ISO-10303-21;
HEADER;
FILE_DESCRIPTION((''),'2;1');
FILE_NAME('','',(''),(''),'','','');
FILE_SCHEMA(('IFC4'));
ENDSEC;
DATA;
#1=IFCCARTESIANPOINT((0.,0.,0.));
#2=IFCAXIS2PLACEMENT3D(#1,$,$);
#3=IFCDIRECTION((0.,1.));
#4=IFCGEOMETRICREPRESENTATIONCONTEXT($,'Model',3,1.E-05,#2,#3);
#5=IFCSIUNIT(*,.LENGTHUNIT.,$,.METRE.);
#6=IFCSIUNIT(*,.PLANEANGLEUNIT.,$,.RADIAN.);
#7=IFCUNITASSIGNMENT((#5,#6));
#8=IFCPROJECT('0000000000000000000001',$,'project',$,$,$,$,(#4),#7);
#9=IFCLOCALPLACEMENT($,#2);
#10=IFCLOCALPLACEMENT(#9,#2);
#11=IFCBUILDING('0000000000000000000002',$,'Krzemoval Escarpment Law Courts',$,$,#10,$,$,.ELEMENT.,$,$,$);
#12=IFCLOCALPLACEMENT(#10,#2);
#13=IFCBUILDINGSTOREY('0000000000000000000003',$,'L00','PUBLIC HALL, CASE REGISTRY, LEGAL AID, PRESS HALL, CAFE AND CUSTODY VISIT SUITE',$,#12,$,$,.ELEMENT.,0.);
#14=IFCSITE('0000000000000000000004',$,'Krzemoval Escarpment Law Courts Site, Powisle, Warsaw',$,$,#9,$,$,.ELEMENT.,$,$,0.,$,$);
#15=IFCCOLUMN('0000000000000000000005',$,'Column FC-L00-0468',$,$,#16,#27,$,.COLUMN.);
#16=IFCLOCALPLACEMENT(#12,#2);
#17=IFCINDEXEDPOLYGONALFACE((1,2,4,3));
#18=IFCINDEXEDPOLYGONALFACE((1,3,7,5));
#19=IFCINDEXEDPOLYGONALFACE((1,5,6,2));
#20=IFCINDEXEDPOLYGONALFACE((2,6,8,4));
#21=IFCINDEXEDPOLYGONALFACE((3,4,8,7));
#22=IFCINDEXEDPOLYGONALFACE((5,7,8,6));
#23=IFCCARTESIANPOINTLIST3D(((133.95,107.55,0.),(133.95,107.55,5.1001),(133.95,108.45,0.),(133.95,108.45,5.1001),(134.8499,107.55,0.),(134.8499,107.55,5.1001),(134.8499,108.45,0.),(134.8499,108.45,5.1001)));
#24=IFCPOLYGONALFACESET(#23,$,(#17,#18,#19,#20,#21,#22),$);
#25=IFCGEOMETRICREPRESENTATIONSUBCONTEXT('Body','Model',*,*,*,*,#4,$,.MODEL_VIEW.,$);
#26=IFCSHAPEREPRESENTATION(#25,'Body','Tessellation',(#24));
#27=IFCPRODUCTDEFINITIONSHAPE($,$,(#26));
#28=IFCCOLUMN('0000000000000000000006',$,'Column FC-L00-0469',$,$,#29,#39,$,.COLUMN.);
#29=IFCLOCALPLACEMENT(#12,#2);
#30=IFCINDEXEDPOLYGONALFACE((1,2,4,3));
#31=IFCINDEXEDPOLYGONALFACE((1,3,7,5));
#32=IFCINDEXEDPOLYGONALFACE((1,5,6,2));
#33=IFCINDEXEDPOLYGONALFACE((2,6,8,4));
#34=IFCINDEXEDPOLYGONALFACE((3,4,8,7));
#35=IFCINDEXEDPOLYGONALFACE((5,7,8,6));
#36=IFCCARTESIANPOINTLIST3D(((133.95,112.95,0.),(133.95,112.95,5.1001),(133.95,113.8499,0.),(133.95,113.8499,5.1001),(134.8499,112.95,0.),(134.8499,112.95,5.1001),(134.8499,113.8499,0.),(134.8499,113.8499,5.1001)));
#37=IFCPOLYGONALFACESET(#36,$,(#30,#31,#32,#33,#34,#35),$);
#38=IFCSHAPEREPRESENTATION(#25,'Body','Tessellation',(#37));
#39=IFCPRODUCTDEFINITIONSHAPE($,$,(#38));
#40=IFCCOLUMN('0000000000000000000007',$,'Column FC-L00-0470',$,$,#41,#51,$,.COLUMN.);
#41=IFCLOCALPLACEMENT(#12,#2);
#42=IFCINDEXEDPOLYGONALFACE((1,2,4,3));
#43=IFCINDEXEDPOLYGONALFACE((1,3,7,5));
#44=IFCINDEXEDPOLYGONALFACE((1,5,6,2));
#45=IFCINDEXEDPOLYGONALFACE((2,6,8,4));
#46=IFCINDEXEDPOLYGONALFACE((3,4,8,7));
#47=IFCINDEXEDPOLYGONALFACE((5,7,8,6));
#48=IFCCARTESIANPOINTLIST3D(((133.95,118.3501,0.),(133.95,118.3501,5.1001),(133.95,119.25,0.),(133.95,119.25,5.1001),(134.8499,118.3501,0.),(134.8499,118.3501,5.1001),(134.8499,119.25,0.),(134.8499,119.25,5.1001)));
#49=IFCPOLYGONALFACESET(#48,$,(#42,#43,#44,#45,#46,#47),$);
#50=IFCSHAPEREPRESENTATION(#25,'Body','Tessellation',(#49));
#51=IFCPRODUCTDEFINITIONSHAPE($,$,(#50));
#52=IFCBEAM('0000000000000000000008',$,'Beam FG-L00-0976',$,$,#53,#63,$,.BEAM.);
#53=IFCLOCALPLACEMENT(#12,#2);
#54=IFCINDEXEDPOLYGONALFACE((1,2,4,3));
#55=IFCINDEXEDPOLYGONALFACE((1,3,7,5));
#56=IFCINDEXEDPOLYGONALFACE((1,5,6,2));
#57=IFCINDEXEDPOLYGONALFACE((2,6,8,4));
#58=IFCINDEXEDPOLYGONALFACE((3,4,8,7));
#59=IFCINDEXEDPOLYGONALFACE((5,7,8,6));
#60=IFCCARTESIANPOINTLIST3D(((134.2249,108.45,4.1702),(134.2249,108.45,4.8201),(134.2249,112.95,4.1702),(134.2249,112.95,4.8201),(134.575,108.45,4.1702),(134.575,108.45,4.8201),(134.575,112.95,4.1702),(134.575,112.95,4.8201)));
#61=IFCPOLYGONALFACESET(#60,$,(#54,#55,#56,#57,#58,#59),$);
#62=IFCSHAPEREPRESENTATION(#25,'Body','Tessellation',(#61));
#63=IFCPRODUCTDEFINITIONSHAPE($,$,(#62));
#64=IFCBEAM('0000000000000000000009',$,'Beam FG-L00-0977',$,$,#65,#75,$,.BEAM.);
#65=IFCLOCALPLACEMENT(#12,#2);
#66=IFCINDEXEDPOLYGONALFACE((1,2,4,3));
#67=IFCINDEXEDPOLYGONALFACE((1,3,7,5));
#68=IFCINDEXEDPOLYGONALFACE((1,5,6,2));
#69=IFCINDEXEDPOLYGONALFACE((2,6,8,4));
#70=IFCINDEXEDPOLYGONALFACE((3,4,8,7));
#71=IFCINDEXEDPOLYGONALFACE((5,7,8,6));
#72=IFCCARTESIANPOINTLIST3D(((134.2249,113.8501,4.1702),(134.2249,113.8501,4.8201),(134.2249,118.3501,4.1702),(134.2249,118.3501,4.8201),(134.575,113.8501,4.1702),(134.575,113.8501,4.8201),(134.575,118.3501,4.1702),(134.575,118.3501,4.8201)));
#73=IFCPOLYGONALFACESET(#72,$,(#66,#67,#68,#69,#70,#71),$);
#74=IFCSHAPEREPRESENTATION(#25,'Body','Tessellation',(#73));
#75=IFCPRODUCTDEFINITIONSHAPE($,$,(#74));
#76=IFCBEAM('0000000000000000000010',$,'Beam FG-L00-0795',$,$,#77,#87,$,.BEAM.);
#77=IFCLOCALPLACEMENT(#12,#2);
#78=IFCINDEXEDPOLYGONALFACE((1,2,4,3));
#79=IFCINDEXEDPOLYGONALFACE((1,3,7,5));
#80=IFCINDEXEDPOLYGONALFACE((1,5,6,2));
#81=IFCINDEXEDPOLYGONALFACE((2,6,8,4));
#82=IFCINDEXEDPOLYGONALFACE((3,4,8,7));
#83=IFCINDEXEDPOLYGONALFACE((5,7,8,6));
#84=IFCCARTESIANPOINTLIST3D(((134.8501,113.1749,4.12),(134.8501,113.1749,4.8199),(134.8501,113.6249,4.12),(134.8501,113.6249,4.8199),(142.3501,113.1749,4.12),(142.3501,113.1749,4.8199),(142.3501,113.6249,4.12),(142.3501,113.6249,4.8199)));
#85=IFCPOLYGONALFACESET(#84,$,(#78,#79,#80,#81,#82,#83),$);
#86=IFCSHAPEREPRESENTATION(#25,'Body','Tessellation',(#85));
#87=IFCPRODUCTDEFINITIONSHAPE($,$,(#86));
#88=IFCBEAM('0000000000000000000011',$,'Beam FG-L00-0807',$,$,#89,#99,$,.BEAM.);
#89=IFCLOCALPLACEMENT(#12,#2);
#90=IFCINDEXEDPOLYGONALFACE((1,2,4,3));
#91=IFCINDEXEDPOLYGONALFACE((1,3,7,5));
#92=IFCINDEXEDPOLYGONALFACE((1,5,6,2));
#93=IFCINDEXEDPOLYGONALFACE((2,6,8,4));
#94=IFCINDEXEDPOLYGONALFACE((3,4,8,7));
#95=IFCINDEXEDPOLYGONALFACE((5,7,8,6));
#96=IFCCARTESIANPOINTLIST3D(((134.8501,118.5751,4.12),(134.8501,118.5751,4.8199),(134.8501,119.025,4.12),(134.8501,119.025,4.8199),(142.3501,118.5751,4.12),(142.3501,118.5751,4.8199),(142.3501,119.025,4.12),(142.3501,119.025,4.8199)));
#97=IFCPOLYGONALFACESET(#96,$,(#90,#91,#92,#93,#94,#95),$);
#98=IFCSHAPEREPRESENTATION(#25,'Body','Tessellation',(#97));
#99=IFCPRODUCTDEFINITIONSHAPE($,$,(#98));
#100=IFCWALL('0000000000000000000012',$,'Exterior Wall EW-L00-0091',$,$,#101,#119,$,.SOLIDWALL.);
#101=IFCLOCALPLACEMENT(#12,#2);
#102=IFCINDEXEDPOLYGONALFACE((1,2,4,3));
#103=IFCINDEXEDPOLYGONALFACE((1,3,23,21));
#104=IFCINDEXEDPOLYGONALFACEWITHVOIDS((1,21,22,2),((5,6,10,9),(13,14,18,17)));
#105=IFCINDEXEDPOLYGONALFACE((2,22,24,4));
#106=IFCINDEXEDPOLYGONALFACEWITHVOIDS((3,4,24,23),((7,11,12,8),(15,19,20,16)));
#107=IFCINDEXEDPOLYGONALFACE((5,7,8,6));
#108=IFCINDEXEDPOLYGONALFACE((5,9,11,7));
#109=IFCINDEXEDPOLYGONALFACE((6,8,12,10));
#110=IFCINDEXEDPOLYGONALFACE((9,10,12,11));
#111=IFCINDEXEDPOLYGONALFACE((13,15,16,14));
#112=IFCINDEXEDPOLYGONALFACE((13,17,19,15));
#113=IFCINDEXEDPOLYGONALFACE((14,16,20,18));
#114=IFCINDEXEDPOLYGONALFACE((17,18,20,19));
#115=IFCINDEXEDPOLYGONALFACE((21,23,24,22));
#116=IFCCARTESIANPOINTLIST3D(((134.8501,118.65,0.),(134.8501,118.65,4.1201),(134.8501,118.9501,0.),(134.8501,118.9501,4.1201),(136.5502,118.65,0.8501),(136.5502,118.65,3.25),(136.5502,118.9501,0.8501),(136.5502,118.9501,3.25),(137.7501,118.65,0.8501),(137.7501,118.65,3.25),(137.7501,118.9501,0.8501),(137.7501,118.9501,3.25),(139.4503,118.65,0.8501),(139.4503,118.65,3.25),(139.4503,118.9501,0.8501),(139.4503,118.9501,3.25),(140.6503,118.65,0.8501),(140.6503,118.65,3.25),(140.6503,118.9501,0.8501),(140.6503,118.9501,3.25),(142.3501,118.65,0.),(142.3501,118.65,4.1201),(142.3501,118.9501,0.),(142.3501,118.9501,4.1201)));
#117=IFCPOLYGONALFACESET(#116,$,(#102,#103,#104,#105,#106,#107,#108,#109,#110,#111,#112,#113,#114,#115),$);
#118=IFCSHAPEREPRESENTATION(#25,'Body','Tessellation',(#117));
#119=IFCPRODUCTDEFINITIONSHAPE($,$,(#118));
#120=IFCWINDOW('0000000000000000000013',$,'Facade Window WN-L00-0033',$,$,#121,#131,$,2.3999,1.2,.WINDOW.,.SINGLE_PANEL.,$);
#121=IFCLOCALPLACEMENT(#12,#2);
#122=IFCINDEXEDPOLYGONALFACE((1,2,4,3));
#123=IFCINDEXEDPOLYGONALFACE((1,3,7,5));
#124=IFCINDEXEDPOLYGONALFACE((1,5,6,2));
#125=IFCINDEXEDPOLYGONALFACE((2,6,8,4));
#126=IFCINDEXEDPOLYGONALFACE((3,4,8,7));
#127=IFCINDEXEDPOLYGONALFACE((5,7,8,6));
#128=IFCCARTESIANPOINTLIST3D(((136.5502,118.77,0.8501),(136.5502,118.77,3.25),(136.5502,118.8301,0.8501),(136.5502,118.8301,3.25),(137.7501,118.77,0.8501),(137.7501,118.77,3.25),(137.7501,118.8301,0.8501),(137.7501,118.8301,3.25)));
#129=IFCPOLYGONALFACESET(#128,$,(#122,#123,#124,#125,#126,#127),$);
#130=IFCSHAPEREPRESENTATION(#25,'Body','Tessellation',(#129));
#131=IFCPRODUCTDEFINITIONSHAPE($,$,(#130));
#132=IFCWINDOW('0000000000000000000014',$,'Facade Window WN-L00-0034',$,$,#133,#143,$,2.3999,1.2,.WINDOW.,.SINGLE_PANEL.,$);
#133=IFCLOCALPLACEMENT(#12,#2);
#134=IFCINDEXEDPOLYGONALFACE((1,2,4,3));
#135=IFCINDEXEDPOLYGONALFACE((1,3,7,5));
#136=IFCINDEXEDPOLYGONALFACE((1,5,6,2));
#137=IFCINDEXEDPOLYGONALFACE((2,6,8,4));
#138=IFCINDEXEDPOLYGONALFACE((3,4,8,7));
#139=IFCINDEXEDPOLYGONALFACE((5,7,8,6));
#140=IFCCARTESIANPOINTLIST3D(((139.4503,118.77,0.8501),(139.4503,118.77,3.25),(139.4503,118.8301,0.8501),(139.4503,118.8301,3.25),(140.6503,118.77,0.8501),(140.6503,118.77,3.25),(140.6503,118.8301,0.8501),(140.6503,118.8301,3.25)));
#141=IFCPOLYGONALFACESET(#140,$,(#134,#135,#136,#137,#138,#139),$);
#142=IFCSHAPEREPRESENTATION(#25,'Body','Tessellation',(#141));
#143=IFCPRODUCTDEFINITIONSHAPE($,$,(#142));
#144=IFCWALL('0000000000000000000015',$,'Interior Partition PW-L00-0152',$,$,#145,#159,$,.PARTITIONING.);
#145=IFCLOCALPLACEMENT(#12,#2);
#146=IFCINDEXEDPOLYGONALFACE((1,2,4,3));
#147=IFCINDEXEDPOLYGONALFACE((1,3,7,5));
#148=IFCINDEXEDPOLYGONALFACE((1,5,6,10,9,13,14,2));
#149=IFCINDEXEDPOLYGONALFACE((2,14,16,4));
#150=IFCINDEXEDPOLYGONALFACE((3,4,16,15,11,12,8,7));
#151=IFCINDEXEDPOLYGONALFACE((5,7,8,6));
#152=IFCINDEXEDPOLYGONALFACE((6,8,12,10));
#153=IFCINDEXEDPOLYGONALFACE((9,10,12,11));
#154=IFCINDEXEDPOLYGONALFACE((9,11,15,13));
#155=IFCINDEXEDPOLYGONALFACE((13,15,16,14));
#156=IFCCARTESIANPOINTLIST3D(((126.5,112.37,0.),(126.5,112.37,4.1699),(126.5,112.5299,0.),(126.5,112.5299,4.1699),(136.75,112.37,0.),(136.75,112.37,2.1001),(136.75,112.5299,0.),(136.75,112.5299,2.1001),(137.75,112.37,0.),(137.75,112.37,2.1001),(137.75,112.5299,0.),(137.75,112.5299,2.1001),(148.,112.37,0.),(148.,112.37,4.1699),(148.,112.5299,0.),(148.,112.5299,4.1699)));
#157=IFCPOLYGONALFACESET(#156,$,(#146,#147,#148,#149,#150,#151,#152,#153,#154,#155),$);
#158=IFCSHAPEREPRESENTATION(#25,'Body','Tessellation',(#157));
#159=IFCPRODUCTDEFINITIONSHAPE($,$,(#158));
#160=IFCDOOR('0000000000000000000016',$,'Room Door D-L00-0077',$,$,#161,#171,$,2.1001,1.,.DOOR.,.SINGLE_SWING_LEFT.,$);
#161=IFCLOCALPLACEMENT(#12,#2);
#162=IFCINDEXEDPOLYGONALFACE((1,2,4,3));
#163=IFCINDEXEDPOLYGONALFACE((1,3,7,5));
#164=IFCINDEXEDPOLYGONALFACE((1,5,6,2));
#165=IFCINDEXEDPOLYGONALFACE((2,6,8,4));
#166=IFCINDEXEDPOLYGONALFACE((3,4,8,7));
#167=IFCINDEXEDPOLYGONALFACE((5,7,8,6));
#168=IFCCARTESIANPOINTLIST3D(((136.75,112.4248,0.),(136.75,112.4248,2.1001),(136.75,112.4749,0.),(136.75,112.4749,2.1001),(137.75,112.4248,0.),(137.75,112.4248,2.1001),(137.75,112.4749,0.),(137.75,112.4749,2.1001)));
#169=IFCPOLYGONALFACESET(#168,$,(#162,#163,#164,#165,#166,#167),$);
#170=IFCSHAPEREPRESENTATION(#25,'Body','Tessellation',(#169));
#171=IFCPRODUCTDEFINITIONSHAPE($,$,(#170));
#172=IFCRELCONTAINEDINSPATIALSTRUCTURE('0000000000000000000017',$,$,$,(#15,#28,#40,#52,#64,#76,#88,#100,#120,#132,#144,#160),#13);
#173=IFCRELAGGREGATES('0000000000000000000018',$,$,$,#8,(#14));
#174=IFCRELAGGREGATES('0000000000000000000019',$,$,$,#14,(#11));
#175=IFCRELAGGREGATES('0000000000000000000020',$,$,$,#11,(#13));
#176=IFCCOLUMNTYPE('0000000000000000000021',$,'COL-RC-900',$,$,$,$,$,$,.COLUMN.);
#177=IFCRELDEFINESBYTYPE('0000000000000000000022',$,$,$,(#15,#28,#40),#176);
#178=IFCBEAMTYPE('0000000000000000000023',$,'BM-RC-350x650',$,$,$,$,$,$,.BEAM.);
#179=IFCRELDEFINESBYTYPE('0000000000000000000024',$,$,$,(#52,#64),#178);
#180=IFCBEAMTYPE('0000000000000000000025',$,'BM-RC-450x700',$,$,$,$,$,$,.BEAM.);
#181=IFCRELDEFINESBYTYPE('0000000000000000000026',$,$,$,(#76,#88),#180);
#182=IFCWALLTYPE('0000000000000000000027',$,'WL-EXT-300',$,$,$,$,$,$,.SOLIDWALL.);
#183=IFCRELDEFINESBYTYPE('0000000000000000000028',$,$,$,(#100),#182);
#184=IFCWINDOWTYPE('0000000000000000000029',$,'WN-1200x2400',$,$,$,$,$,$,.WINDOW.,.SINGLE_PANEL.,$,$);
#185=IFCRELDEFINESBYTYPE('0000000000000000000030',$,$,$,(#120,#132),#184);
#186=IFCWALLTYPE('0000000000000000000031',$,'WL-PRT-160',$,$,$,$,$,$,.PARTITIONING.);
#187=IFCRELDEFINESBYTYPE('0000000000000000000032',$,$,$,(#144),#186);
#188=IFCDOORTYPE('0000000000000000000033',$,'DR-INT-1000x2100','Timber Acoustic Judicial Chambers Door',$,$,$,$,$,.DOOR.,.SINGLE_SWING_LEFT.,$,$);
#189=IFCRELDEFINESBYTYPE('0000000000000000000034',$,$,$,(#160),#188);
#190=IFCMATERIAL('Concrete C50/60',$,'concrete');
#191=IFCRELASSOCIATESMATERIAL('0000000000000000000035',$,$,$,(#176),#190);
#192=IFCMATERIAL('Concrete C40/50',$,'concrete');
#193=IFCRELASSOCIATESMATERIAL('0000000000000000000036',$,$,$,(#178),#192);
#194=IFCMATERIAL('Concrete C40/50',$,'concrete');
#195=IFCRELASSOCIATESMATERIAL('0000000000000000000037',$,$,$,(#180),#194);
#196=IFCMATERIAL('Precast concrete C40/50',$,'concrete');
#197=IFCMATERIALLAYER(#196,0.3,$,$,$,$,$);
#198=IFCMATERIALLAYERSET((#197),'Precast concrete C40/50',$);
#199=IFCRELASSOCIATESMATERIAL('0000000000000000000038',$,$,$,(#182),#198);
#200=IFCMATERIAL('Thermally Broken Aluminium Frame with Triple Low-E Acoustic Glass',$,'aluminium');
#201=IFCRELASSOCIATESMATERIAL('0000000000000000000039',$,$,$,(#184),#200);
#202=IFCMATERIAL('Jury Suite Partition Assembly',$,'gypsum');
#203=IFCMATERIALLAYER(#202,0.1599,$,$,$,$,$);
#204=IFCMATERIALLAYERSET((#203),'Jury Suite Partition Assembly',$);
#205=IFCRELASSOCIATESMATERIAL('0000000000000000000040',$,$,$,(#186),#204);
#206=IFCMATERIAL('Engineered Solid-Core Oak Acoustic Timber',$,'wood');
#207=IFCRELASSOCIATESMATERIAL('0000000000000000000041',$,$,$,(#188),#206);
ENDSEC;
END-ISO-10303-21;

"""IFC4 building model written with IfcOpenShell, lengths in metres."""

from ifc_helpers import new_model, si_unit, direction, frame, frame_2d, origin, origin_2d, place, context, subcontext, project, spatial, rectangle, extrude, material, layer, layer_set, material_profile, profile_set, type_object, element, fill, save


model = new_model("IFC4")

# Units and contexts
model_context = context("Model", 3, precision=1e-05, world=origin(), true_north=direction((0.0, 1.0)))
body_context = subcontext(model_context, "Body", "Model", "MODEL_VIEW")
ifc_project = project(units=[si_unit("LENGTHUNIT", "METRE"), si_unit("PLANEANGLEUNIT", "RADIAN")], contexts=[model_context])

# Site, building, storey
site_placement = place(None, origin())
site = spatial("IfcSite", under=ifc_project, at=site_placement, Name="Krzemoval Escarpment Law Courts Site, Powisle, Warsaw", CompositionType="ELEMENT", RefElevation=0.0)
building_placement = place(site_placement, origin())
building = spatial("IfcBuilding", under=site, at=building_placement, Name="Krzemoval Escarpment Law Courts", CompositionType="ELEMENT")
storey_placement = place(building_placement, origin())
storey = spatial("IfcBuildingStorey", under=building, at=storey_placement, Name="L00", Description="PUBLIC HALL, CASE REGISTRY, LEGAL AID, PRESS HALL, CAFE AND CUSTODY VISIT SUITE", CompositionType="ELEMENT", Elevation=0.0)

# Columns
ifc_material_1 = material(Name="Concrete C50/60", Category="concrete")
ifc_material_profile_1 = material_profile(ifc_material_1, rectangle(XDim=0.8999, YDim=0.8999, at=origin_2d()), Name="RC 900x900")
ifc_profile_set_1 = profile_set([ifc_material_profile_1], Name="Concrete C50/60")
column_type = type_object("IfcColumnType", Name="COL-RC-900", PredefinedType="COLUMN", material=ifc_profile_set_1)
for number, where, z_axis, x_axis, name in (
    (1, (134.3999, 108.0, 0.0), (0.0, 0.0, 1.0), (1.0, 0.0, 0.0), "Column FC-L00-0468"),
    (2, (134.3999, 113.3999, 0.0), (0.0, 0.0, 1.0), (1.0, 0.0, 0.0), "Column FC-L00-0469"),
    (3, (134.3999, 118.8, 0.0), (0.0, 0.0, 1.0), (1.0, 0.0, 0.0), "Column FC-L00-0470"),
):
    element("IfcColumn", number, at=place(storey_placement, frame(where, z_axis=z_axis, x_axis=x_axis)), inside=storey, type_object=column_type, Name=name, PredefinedType="COLUMN", context=body_context, shape_type="SweptSolid", body=[
        extrude(rectangle(XDim=0.8999, YDim=0.8999, at=origin_2d()), origin(), (0.0, 0.0, 1.0), 5.1001),
    ])

# Beams
ifc_material_2 = material(Name="Concrete C40/50", Category="concrete")
ifc_material_profile_2 = material_profile(ifc_material_2, rectangle(XDim=0.3501, YDim=0.6499, at=origin_2d()), Name="RCB 350x650")
ifc_profile_set_2 = profile_set([ifc_material_profile_2], Name="Concrete C40/50")
beam_type_1 = type_object("IfcBeamType", Name="BM-RC-350x650", PredefinedType="BEAM", material=ifc_profile_set_2)
for number, where, z_axis, x_axis, name in (
    (4, (134.3999, 108.45, 4.4951), (0.0, 1.0, 0.0), (-1.0, 0.0, 0.0), "Beam FG-L00-0976"),
    (5, (134.3999, 113.8501, 4.4951), (0.0, 1.0, 0.0), (-1.0, 0.0, 0.0), "Beam FG-L00-0977"),
):
    element("IfcBeam", number, at=place(storey_placement, frame(where, z_axis=z_axis, x_axis=x_axis)), inside=storey, type_object=beam_type_1, Name=name, PredefinedType="BEAM", context=body_context, shape_type="SweptSolid", body=[
        extrude(rectangle(XDim=0.3501, YDim=0.6499, at=origin_2d()), origin(), (0.0, 0.0, 1.0), 4.5),
    ])
ifc_material_3 = material(Name="Concrete C40/50", Category="concrete")
ifc_material_profile_3 = material_profile(ifc_material_3, rectangle(XDim=0.45, YDim=0.7, at=origin_2d()), Name="RCB 450x700")
ifc_profile_set_3 = profile_set([ifc_material_profile_3], Name="Concrete C40/50")
beam_type_2 = type_object("IfcBeamType", Name="BM-RC-450x700", PredefinedType="BEAM", material=ifc_profile_set_3)
for number, where, z_axis, x_axis, name in (
    (6, (134.8501, 113.3999, 4.47), (1.0, 0.0, 0.0), (0.0, 1.0, 0.0), "Beam FG-L00-0795"),
    (7, (134.8501, 118.8, 4.47), (1.0, 0.0, 0.0), (0.0, 1.0, 0.0), "Beam FG-L00-0807"),
):
    element("IfcBeam", number, at=place(storey_placement, frame(where, z_axis=z_axis, x_axis=x_axis)), inside=storey, type_object=beam_type_2, Name=name, PredefinedType="BEAM", context=body_context, shape_type="SweptSolid", body=[
        extrude(rectangle(XDim=0.45, YDim=0.7, at=origin_2d()), origin(), (0.0, 0.0, 1.0), 7.5),
    ])

# Wall, openings, windows
ifc_material_4 = material(Name="Precast concrete C40/50", Category="concrete")
ifc_layer_1 = layer(ifc_material_4, 0.3)
ifc_layer_set_1 = layer_set([ifc_layer_1], Name="Precast concrete C40/50")
wall_type_1 = type_object("IfcWallType", Name="WL-EXT-300", PredefinedType="SOLIDWALL", material=ifc_layer_set_1)
wall_1_placement = place(storey_placement, frame((134.8501, 118.8, 0.0), z_axis=(0.0, 0.0, 1.0), x_axis=(1.0, 0.0, 0.0)))
wall_1 = element("IfcWall", 8, at=wall_1_placement, inside=storey, type_object=wall_type_1, Name="Exterior Wall EW-L00-0091", PredefinedType="SOLIDWALL", context=body_context, shape_type="SweptSolid", body=[
    extrude(rectangle(XDim=7.5, YDim=0.3, at=frame_2d((3.75, 0.0))), origin(), (0.0, 0.0, 1.0), 4.1201),
])
opening_1_placement = place(wall_1_placement, frame((1.7, 0.0, 0.8501)))
opening_1 = element("IfcOpeningElement", 9, at=opening_1_placement, cuts=wall_1, PredefinedType="OPENING", context=body_context, shape_type="SweptSolid", body=[
    extrude(rectangle(XDim=1.2, YDim=2.3999, at=frame_2d((0.6001, 1.2))), frame((0.0, 0.165, 0.0), z_axis=(0.0, -1.0, 0.0), x_axis=(1.0, 0.0, 0.0)), (0.0, 0.0, 1.0), 0.3301),
])
opening_2_placement = place(wall_1_placement, frame((4.6001, 0.0, 0.8501)))
opening_2 = element("IfcOpeningElement", 10, at=opening_2_placement, cuts=wall_1, PredefinedType="OPENING", context=body_context, shape_type="SweptSolid", body=[
    extrude(rectangle(XDim=1.2, YDim=2.3999, at=frame_2d((0.6001, 1.2))), frame((0.0, 0.165, 0.0), z_axis=(0.0, -1.0, 0.0), x_axis=(1.0, 0.0, 0.0)), (0.0, 0.0, 1.0), 0.3301),
])
ifc_material_5 = material(Name="Thermally Broken Aluminium Frame with Triple Low-E Acoustic Glass", Category="aluminium")
window_type = type_object("IfcWindowType", Name="WN-1200x2400", PartitioningType="SINGLE_PANEL", PredefinedType="WINDOW", material=ifc_material_5)
window_1_placement = place(opening_1_placement, origin())
window_1 = element("IfcWindow", 11, at=window_1_placement, inside=storey, type_object=window_type, Name="Facade Window WN-L00-0033", OverallHeight=2.3999, OverallWidth=1.2, PartitioningType="SINGLE_PANEL", PredefinedType="WINDOW", context=body_context, shape_type="SweptSolid", body=[
    extrude(rectangle(XDim=1.2, YDim=2.3999, at=frame_2d((0.6001, 1.2))), frame((0.0, 0.03, 0.0), z_axis=(0.0, -1.0, 0.0), x_axis=(1.0, 0.0, 0.0)), (0.0, 0.0, 1.0), 0.0601),
])
fill(opening_1, window_1)
window_2_placement = place(opening_2_placement, origin())
window_2 = element("IfcWindow", 12, at=window_2_placement, inside=storey, type_object=window_type, Name="Facade Window WN-L00-0034", OverallHeight=2.3999, OverallWidth=1.2, PartitioningType="SINGLE_PANEL", PredefinedType="WINDOW", context=body_context, shape_type="SweptSolid", body=[
    extrude(rectangle(XDim=1.2, YDim=2.3999, at=frame_2d((0.6001, 1.2))), frame((0.0, 0.03, 0.0), z_axis=(0.0, -1.0, 0.0), x_axis=(1.0, 0.0, 0.0)), (0.0, 0.0, 1.0), 0.0601),
])
fill(opening_2, window_2)

# Wall, opening, door
ifc_material_6 = material(Name="Jury Suite Partition Assembly", Category="gypsum")
ifc_layer_2 = layer(ifc_material_6, 0.1599)
ifc_layer_set_2 = layer_set([ifc_layer_2], Name="Jury Suite Partition Assembly")
wall_type_2 = type_object("IfcWallType", Name="WL-PRT-160", PredefinedType="PARTITIONING", material=ifc_layer_set_2)
wall_2_placement = place(storey_placement, frame((126.5, 112.45, 0.0), z_axis=(0.0, 0.0, 1.0), x_axis=(1.0, 0.0, 0.0)))
wall_2 = element("IfcWall", 13, at=wall_2_placement, inside=storey, type_object=wall_type_2, Name="Interior Partition PW-L00-0152", PredefinedType="PARTITIONING", context=body_context, shape_type="SweptSolid", body=[
    extrude(rectangle(XDim=21.5, YDim=0.1599, at=frame_2d((10.75, 0.0))), origin(), (0.0, 0.0, 1.0), 4.1699),
])
opening_3_placement = place(wall_2_placement, frame((10.25, 0.0, 0.0)))
opening_3 = element("IfcOpeningElement", 14, at=opening_3_placement, cuts=wall_2, PredefinedType="OPENING", context=body_context, shape_type="SweptSolid", body=[
    extrude(rectangle(XDim=1.0, YDim=2.1001, at=frame_2d((0.5, 1.05))), frame((0.0, 0.095, 0.0), z_axis=(0.0, -1.0, 0.0), x_axis=(1.0, 0.0, 0.0)), (0.0, 0.0, 1.0), 0.1899),
])
ifc_material_7 = material(Name="Engineered Solid-Core Oak Acoustic Timber", Category="wood")
door_type_1 = type_object("IfcDoorType", Name="DR-INT-1000x2100", Description="Timber Acoustic Judicial Chambers Door", OperationType="SINGLE_SWING_LEFT", PredefinedType="DOOR", material=ifc_material_7)
door_1_placement = place(opening_3_placement, origin())
door_1 = element("IfcDoor", 15, at=door_1_placement, inside=storey, type_object=door_type_1, Name="Room Door D-L00-0077", OperationType="SINGLE_SWING_LEFT", OverallHeight=2.1001, OverallWidth=1.0, PredefinedType="DOOR", context=body_context, shape_type="SweptSolid", body=[
    extrude(rectangle(XDim=1.0, YDim=2.1001, at=frame_2d((0.5, 1.05))), frame((0.0, 0.0249, 0.0), z_axis=(0.0, -1.0, 0.0), x_axis=(1.0, 0.0, 0.0)), (0.0, 0.0, 1.0), 0.05),
])
fill(opening_3, door_1)

save(model, "model.ifc")
